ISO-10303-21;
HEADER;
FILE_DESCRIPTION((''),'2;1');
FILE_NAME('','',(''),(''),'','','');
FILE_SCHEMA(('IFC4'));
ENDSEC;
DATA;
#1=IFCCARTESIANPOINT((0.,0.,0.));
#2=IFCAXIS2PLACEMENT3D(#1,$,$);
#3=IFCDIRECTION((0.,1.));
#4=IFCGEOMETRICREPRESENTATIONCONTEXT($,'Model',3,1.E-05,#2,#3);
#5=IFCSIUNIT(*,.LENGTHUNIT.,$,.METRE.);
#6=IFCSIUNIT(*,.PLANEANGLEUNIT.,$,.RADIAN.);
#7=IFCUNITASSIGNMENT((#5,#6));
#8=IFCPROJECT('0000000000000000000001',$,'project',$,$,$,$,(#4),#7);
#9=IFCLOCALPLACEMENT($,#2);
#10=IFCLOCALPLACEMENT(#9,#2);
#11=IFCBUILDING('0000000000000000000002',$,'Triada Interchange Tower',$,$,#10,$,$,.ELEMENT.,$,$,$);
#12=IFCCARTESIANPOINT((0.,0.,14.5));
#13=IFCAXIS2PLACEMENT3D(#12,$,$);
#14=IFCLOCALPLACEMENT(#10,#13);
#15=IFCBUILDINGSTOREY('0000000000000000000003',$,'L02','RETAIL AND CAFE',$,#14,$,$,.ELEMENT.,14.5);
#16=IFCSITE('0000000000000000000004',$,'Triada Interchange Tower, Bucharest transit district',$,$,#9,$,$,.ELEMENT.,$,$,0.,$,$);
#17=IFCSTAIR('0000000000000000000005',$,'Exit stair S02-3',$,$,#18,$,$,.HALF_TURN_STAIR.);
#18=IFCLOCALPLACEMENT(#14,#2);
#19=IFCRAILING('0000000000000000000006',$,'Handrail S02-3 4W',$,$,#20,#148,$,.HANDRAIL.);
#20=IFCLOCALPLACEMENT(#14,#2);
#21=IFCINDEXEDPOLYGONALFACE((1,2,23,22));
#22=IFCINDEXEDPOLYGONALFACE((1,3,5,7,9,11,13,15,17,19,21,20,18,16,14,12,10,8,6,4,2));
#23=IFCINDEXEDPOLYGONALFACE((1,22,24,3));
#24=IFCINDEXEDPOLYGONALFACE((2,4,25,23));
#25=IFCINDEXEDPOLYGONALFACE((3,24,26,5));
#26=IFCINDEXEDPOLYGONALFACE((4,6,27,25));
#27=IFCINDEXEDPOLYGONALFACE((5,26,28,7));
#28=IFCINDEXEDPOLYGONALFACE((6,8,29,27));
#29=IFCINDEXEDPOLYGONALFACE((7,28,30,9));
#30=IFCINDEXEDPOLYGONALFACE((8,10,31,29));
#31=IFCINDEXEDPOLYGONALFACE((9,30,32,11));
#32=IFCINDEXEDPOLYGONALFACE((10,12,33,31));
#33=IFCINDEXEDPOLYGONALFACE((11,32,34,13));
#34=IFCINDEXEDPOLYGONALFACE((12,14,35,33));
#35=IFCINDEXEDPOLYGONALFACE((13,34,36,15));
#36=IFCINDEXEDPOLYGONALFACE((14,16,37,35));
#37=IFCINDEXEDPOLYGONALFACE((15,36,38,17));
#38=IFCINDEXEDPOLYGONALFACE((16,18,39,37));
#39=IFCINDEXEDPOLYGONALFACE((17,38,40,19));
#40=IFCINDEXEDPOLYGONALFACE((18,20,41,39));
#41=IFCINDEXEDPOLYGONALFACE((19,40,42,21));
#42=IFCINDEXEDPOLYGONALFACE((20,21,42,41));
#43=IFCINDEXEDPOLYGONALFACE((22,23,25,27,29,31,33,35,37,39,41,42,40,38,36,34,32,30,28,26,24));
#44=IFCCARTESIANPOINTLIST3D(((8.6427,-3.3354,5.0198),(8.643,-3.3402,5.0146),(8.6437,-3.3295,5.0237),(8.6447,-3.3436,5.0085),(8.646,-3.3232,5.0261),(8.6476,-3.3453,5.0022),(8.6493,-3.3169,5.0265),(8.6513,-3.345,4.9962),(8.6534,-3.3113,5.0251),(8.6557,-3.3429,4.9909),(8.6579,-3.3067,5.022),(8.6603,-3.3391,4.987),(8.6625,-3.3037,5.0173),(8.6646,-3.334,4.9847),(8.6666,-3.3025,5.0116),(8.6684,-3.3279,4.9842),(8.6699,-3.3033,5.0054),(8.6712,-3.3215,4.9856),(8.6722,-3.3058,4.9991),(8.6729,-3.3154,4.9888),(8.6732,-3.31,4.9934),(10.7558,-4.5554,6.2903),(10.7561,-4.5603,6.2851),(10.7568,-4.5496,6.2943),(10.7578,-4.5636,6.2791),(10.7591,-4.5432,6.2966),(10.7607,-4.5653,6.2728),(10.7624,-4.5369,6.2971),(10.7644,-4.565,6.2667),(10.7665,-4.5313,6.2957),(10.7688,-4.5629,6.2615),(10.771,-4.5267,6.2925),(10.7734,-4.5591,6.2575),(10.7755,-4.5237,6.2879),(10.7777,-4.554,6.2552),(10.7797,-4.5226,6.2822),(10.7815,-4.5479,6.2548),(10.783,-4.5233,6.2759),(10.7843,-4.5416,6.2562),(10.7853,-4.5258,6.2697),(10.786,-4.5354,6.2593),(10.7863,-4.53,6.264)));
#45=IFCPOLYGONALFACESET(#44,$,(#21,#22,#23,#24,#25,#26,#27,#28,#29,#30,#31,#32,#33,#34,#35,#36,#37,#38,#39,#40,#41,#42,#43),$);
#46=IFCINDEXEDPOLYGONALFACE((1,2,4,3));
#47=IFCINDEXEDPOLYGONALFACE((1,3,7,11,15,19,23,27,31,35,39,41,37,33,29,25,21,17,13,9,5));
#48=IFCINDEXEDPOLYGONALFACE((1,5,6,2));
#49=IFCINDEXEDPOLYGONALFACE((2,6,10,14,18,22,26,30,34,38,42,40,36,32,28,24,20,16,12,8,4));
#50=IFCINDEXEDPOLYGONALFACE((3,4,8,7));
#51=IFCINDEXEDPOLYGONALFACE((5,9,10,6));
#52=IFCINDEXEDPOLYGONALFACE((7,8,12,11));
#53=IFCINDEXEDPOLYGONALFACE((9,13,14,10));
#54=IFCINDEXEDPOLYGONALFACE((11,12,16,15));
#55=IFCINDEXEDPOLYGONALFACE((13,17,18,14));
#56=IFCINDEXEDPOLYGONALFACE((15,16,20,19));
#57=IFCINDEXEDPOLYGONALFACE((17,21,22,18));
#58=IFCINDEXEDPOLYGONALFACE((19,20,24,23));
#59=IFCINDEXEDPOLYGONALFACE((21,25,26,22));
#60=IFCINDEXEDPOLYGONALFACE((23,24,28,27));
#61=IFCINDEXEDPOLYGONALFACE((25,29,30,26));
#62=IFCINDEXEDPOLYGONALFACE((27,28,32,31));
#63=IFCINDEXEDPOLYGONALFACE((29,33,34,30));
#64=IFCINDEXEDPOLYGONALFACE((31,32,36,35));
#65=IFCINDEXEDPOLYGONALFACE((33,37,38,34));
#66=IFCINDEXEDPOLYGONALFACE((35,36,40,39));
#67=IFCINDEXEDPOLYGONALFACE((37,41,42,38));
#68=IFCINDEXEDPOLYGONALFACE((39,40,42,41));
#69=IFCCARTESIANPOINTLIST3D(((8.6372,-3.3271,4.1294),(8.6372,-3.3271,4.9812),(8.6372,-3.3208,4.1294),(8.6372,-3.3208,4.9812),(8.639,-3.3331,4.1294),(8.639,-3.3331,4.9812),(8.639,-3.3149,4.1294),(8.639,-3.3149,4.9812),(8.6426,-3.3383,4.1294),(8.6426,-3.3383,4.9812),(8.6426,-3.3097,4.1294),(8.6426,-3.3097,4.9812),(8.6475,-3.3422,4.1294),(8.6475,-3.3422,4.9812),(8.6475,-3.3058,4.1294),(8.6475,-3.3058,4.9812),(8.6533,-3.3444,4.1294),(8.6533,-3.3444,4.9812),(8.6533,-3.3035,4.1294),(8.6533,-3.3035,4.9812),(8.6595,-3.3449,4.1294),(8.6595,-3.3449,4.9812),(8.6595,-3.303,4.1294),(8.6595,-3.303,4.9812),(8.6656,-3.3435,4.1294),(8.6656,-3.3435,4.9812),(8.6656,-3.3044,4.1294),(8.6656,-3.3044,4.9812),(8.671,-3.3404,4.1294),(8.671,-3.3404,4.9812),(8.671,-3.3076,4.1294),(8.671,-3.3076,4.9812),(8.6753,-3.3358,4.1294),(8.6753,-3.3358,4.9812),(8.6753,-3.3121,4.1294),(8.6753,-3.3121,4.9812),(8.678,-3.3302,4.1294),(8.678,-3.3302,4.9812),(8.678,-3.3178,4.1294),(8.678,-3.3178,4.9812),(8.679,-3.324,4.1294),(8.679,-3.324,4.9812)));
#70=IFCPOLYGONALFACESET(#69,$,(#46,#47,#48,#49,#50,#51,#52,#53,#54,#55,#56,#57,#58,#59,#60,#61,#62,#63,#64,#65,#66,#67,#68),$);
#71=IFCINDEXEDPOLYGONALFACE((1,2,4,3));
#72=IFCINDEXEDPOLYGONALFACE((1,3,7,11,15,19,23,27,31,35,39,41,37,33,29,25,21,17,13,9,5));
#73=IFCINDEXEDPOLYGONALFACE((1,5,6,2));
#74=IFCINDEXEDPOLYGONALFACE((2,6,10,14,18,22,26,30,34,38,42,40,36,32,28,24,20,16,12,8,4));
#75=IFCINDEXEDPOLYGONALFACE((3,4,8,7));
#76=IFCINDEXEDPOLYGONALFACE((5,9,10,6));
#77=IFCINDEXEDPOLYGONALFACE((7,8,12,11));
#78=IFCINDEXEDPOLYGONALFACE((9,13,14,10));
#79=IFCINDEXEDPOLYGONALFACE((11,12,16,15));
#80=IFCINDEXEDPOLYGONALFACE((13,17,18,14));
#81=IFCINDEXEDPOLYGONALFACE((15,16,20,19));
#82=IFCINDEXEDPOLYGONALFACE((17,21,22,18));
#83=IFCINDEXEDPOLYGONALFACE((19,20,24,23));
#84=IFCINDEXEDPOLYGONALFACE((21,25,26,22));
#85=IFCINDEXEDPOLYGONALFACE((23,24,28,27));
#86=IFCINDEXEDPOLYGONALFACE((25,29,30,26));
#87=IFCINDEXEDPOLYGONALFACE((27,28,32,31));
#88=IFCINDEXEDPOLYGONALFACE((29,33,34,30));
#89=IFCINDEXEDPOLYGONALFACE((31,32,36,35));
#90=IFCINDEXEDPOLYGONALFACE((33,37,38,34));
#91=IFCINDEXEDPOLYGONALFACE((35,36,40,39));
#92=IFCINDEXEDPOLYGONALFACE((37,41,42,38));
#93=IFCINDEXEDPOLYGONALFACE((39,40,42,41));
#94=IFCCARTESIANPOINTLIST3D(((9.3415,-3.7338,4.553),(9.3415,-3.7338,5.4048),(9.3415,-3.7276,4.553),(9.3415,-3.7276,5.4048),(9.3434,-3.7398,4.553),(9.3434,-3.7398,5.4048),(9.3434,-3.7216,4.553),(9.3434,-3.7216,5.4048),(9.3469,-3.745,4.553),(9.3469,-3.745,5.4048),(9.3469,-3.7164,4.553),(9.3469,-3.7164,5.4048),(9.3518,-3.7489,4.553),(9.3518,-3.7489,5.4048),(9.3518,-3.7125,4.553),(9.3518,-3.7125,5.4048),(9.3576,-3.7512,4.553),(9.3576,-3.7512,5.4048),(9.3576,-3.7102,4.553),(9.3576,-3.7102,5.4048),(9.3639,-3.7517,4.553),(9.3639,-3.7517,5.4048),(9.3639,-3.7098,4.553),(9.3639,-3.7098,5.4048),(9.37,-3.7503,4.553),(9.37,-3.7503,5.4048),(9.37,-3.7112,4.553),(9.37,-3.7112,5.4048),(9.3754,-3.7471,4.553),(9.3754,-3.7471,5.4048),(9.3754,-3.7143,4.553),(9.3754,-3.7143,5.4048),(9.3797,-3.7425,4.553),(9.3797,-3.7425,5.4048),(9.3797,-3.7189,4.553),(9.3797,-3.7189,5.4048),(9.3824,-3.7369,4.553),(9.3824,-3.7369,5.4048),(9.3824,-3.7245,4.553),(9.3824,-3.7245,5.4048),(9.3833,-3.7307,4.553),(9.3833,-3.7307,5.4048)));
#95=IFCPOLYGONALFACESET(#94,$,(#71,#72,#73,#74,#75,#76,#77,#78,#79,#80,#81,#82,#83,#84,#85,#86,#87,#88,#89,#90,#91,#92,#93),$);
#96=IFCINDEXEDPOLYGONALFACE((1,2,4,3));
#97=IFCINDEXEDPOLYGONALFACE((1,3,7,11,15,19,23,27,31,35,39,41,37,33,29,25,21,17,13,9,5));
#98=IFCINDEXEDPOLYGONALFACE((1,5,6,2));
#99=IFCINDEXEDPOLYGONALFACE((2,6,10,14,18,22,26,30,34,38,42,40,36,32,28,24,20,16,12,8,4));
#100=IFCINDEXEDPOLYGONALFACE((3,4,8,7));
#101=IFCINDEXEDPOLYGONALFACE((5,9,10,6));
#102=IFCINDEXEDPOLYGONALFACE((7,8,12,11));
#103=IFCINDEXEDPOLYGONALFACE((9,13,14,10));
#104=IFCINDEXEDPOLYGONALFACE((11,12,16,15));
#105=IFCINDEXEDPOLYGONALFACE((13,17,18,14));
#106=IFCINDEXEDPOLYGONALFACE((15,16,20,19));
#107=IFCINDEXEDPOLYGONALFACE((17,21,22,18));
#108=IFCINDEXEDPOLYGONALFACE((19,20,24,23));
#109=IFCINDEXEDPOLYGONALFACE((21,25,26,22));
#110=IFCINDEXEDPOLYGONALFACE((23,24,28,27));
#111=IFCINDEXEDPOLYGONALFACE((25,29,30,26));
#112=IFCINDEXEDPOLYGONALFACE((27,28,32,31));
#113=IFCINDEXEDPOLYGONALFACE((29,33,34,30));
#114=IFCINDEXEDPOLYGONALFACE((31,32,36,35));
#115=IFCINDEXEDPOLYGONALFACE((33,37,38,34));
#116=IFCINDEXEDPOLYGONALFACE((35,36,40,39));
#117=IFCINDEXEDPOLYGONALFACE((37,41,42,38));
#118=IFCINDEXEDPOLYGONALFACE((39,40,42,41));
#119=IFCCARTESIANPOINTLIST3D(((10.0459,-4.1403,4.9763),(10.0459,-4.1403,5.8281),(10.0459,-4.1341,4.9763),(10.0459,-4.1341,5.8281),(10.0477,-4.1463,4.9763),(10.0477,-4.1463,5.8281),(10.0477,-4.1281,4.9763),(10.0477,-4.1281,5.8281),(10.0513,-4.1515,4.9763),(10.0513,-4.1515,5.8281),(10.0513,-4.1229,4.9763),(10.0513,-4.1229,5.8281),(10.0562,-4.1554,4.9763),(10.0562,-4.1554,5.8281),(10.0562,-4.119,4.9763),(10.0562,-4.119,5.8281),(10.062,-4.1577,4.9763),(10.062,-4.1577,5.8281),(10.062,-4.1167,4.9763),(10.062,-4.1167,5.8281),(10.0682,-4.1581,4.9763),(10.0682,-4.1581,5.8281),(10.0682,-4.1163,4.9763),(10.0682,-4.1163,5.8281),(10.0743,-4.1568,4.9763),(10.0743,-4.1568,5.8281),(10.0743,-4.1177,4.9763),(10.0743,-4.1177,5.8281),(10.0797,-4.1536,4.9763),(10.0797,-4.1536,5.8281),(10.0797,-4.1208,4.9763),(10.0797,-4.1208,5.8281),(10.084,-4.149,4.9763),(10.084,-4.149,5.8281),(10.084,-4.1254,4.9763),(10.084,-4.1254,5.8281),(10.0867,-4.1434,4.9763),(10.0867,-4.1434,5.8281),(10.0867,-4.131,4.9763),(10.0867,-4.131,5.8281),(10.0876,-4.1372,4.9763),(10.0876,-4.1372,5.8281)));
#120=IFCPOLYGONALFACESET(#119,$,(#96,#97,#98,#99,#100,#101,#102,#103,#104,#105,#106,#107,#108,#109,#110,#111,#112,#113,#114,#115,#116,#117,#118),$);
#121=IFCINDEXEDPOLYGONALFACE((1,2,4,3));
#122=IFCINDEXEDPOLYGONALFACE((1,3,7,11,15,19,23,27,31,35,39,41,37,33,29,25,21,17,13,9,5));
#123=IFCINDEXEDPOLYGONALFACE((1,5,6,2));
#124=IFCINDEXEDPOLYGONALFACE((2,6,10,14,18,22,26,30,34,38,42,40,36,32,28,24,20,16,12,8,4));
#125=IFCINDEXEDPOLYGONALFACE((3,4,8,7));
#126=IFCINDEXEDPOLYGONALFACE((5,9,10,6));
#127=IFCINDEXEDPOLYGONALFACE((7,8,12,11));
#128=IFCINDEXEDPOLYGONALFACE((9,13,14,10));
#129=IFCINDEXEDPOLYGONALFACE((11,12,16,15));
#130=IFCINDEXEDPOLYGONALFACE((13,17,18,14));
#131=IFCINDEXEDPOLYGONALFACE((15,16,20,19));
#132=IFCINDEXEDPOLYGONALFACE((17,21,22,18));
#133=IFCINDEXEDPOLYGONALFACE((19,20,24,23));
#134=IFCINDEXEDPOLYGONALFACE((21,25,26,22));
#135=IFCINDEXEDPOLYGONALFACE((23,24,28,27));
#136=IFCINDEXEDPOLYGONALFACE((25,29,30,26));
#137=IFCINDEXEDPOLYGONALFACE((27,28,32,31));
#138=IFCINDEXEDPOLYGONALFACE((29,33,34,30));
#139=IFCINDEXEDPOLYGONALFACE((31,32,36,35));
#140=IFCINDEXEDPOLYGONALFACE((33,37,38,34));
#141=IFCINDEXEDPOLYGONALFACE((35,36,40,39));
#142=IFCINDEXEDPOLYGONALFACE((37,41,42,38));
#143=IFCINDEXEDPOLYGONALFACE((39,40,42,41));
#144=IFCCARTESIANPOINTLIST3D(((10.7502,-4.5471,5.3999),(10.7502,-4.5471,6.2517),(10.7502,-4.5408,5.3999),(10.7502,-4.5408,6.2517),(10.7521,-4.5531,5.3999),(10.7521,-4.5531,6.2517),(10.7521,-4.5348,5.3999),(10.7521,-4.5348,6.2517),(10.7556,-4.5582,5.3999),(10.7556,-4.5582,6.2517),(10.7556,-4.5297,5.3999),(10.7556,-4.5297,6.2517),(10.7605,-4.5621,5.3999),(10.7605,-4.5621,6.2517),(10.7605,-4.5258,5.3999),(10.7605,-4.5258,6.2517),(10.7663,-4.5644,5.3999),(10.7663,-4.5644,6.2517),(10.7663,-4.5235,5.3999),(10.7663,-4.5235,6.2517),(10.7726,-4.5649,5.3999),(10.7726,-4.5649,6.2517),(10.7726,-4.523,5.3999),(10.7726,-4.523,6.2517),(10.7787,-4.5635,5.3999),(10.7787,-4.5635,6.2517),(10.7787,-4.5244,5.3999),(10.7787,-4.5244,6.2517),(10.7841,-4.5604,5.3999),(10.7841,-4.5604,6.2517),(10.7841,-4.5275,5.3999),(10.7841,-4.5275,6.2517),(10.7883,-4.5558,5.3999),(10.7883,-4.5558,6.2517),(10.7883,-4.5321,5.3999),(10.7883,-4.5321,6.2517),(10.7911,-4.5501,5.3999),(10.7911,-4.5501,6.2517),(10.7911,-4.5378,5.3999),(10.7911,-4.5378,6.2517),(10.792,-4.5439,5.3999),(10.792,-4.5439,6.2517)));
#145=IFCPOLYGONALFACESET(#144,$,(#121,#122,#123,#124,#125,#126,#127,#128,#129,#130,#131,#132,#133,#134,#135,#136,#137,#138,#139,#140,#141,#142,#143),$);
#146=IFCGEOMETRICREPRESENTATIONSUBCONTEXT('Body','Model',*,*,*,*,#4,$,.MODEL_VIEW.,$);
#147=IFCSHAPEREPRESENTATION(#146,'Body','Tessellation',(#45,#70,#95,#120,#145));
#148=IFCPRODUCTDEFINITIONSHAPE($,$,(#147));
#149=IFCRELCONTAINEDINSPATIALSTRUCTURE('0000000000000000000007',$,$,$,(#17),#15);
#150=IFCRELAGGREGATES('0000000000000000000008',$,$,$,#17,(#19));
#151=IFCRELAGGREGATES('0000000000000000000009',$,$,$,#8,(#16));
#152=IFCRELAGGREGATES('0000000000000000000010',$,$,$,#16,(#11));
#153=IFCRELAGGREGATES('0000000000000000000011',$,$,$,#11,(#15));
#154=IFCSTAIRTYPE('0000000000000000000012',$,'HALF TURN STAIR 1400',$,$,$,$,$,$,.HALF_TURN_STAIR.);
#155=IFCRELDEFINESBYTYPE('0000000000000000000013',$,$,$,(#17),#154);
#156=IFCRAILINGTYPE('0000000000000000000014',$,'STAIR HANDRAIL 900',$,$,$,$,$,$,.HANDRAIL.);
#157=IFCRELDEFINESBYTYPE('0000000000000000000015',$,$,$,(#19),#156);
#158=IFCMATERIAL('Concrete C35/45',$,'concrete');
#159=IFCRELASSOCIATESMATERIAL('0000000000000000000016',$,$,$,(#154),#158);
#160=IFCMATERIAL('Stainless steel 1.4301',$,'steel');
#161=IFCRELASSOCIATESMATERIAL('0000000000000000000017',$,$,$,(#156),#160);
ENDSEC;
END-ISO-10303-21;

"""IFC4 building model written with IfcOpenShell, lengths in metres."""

from ifc_helpers import new_model, si_unit, direction, frame, origin, origin_2d, place, context, subcontext, project, spatial, circle, extrude, material, type_object, element, aggregate, save


model = new_model("IFC4")

# Units and contexts
model_context = context("Model", 3, precision=1e-05, world=origin(), true_north=direction((0.0, 1.0)))
body_context = subcontext(model_context, "Body", "Model", "MODEL_VIEW")
ifc_project = project(units=[si_unit("LENGTHUNIT", "METRE"), si_unit("PLANEANGLEUNIT", "RADIAN")], contexts=[model_context])

# Site, building, storey
site_placement = place(None, origin())
site = spatial("IfcSite", under=ifc_project, at=site_placement, Name="Triada Interchange Tower, Bucharest transit district", CompositionType="ELEMENT", RefElevation=0.0)
building_placement = place(site_placement, origin())
building = spatial("IfcBuilding", under=site, at=building_placement, Name="Triada Interchange Tower", CompositionType="ELEMENT")
storey_placement = place(building_placement, frame((0.0, 0.0, 14.5)))
storey = spatial("IfcBuildingStorey", under=building, at=storey_placement, Name="L02", Description="RETAIL AND CAFE", CompositionType="ELEMENT", Elevation=14.5)

# Shared definitions
ifc_material_1 = material(Name="Concrete C35/45", Category="concrete")

# Stair, railing
stair_type = type_object("IfcStairType", Name="HALF TURN STAIR 1400", PredefinedType="HALF_TURN_STAIR", material=ifc_material_1)
stair_placement = place(storey_placement, origin())
stair = element("IfcStair", 1, at=stair_placement, inside=storey, type_object=stair_type, Name="Exit stair S02-3", PredefinedType="HALF_TURN_STAIR")
ifc_material_2 = material(Name="Stainless steel 1.4301", Category="steel")
railing_type = type_object("IfcRailingType", Name="STAIR HANDRAIL 900", PredefinedType="HANDRAIL", material=ifc_material_2)
railing_1_placement = place(storey_placement, frame((8.658, -3.324, 4.1294)))
railing_1 = element("IfcRailing", 2, at=railing_1_placement, type_object=railing_type, Name="Handrail S02-3 4W", PredefinedType="HANDRAIL", context=body_context, shape_type="SweptSolid", body=[
    extrude(circle(Radius=0.0239, at=origin_2d()), frame((0.0, 0.0, 0.876), z_axis=(0.768126, -0.443481, 0.461852), x_axis=(0.500003, 0.866024, 0.0)), (0.0, 0.0, 1.0), 2.751),
    extrude(circle(Radius=0.021, at=origin_2d()), origin(), (0.0, 0.0, 1.0), 0.8518),
    extrude(circle(Radius=0.021, at=origin_2d()), frame((0.7043, -0.4067, 0.4236)), (0.0, 0.0, 1.0), 0.8518),
    extrude(circle(Radius=0.021, at=origin_2d()), frame((1.4087, -0.8132, 0.8469)), (0.0, 0.0, 1.0), 0.8518),
    extrude(circle(Radius=0.021, at=origin_2d()), frame((2.113, -1.22, 1.2705)), (0.0, 0.0, 1.0), 0.8518),
])
aggregate(stair, [railing_1])

save(model, "model.ifc")
